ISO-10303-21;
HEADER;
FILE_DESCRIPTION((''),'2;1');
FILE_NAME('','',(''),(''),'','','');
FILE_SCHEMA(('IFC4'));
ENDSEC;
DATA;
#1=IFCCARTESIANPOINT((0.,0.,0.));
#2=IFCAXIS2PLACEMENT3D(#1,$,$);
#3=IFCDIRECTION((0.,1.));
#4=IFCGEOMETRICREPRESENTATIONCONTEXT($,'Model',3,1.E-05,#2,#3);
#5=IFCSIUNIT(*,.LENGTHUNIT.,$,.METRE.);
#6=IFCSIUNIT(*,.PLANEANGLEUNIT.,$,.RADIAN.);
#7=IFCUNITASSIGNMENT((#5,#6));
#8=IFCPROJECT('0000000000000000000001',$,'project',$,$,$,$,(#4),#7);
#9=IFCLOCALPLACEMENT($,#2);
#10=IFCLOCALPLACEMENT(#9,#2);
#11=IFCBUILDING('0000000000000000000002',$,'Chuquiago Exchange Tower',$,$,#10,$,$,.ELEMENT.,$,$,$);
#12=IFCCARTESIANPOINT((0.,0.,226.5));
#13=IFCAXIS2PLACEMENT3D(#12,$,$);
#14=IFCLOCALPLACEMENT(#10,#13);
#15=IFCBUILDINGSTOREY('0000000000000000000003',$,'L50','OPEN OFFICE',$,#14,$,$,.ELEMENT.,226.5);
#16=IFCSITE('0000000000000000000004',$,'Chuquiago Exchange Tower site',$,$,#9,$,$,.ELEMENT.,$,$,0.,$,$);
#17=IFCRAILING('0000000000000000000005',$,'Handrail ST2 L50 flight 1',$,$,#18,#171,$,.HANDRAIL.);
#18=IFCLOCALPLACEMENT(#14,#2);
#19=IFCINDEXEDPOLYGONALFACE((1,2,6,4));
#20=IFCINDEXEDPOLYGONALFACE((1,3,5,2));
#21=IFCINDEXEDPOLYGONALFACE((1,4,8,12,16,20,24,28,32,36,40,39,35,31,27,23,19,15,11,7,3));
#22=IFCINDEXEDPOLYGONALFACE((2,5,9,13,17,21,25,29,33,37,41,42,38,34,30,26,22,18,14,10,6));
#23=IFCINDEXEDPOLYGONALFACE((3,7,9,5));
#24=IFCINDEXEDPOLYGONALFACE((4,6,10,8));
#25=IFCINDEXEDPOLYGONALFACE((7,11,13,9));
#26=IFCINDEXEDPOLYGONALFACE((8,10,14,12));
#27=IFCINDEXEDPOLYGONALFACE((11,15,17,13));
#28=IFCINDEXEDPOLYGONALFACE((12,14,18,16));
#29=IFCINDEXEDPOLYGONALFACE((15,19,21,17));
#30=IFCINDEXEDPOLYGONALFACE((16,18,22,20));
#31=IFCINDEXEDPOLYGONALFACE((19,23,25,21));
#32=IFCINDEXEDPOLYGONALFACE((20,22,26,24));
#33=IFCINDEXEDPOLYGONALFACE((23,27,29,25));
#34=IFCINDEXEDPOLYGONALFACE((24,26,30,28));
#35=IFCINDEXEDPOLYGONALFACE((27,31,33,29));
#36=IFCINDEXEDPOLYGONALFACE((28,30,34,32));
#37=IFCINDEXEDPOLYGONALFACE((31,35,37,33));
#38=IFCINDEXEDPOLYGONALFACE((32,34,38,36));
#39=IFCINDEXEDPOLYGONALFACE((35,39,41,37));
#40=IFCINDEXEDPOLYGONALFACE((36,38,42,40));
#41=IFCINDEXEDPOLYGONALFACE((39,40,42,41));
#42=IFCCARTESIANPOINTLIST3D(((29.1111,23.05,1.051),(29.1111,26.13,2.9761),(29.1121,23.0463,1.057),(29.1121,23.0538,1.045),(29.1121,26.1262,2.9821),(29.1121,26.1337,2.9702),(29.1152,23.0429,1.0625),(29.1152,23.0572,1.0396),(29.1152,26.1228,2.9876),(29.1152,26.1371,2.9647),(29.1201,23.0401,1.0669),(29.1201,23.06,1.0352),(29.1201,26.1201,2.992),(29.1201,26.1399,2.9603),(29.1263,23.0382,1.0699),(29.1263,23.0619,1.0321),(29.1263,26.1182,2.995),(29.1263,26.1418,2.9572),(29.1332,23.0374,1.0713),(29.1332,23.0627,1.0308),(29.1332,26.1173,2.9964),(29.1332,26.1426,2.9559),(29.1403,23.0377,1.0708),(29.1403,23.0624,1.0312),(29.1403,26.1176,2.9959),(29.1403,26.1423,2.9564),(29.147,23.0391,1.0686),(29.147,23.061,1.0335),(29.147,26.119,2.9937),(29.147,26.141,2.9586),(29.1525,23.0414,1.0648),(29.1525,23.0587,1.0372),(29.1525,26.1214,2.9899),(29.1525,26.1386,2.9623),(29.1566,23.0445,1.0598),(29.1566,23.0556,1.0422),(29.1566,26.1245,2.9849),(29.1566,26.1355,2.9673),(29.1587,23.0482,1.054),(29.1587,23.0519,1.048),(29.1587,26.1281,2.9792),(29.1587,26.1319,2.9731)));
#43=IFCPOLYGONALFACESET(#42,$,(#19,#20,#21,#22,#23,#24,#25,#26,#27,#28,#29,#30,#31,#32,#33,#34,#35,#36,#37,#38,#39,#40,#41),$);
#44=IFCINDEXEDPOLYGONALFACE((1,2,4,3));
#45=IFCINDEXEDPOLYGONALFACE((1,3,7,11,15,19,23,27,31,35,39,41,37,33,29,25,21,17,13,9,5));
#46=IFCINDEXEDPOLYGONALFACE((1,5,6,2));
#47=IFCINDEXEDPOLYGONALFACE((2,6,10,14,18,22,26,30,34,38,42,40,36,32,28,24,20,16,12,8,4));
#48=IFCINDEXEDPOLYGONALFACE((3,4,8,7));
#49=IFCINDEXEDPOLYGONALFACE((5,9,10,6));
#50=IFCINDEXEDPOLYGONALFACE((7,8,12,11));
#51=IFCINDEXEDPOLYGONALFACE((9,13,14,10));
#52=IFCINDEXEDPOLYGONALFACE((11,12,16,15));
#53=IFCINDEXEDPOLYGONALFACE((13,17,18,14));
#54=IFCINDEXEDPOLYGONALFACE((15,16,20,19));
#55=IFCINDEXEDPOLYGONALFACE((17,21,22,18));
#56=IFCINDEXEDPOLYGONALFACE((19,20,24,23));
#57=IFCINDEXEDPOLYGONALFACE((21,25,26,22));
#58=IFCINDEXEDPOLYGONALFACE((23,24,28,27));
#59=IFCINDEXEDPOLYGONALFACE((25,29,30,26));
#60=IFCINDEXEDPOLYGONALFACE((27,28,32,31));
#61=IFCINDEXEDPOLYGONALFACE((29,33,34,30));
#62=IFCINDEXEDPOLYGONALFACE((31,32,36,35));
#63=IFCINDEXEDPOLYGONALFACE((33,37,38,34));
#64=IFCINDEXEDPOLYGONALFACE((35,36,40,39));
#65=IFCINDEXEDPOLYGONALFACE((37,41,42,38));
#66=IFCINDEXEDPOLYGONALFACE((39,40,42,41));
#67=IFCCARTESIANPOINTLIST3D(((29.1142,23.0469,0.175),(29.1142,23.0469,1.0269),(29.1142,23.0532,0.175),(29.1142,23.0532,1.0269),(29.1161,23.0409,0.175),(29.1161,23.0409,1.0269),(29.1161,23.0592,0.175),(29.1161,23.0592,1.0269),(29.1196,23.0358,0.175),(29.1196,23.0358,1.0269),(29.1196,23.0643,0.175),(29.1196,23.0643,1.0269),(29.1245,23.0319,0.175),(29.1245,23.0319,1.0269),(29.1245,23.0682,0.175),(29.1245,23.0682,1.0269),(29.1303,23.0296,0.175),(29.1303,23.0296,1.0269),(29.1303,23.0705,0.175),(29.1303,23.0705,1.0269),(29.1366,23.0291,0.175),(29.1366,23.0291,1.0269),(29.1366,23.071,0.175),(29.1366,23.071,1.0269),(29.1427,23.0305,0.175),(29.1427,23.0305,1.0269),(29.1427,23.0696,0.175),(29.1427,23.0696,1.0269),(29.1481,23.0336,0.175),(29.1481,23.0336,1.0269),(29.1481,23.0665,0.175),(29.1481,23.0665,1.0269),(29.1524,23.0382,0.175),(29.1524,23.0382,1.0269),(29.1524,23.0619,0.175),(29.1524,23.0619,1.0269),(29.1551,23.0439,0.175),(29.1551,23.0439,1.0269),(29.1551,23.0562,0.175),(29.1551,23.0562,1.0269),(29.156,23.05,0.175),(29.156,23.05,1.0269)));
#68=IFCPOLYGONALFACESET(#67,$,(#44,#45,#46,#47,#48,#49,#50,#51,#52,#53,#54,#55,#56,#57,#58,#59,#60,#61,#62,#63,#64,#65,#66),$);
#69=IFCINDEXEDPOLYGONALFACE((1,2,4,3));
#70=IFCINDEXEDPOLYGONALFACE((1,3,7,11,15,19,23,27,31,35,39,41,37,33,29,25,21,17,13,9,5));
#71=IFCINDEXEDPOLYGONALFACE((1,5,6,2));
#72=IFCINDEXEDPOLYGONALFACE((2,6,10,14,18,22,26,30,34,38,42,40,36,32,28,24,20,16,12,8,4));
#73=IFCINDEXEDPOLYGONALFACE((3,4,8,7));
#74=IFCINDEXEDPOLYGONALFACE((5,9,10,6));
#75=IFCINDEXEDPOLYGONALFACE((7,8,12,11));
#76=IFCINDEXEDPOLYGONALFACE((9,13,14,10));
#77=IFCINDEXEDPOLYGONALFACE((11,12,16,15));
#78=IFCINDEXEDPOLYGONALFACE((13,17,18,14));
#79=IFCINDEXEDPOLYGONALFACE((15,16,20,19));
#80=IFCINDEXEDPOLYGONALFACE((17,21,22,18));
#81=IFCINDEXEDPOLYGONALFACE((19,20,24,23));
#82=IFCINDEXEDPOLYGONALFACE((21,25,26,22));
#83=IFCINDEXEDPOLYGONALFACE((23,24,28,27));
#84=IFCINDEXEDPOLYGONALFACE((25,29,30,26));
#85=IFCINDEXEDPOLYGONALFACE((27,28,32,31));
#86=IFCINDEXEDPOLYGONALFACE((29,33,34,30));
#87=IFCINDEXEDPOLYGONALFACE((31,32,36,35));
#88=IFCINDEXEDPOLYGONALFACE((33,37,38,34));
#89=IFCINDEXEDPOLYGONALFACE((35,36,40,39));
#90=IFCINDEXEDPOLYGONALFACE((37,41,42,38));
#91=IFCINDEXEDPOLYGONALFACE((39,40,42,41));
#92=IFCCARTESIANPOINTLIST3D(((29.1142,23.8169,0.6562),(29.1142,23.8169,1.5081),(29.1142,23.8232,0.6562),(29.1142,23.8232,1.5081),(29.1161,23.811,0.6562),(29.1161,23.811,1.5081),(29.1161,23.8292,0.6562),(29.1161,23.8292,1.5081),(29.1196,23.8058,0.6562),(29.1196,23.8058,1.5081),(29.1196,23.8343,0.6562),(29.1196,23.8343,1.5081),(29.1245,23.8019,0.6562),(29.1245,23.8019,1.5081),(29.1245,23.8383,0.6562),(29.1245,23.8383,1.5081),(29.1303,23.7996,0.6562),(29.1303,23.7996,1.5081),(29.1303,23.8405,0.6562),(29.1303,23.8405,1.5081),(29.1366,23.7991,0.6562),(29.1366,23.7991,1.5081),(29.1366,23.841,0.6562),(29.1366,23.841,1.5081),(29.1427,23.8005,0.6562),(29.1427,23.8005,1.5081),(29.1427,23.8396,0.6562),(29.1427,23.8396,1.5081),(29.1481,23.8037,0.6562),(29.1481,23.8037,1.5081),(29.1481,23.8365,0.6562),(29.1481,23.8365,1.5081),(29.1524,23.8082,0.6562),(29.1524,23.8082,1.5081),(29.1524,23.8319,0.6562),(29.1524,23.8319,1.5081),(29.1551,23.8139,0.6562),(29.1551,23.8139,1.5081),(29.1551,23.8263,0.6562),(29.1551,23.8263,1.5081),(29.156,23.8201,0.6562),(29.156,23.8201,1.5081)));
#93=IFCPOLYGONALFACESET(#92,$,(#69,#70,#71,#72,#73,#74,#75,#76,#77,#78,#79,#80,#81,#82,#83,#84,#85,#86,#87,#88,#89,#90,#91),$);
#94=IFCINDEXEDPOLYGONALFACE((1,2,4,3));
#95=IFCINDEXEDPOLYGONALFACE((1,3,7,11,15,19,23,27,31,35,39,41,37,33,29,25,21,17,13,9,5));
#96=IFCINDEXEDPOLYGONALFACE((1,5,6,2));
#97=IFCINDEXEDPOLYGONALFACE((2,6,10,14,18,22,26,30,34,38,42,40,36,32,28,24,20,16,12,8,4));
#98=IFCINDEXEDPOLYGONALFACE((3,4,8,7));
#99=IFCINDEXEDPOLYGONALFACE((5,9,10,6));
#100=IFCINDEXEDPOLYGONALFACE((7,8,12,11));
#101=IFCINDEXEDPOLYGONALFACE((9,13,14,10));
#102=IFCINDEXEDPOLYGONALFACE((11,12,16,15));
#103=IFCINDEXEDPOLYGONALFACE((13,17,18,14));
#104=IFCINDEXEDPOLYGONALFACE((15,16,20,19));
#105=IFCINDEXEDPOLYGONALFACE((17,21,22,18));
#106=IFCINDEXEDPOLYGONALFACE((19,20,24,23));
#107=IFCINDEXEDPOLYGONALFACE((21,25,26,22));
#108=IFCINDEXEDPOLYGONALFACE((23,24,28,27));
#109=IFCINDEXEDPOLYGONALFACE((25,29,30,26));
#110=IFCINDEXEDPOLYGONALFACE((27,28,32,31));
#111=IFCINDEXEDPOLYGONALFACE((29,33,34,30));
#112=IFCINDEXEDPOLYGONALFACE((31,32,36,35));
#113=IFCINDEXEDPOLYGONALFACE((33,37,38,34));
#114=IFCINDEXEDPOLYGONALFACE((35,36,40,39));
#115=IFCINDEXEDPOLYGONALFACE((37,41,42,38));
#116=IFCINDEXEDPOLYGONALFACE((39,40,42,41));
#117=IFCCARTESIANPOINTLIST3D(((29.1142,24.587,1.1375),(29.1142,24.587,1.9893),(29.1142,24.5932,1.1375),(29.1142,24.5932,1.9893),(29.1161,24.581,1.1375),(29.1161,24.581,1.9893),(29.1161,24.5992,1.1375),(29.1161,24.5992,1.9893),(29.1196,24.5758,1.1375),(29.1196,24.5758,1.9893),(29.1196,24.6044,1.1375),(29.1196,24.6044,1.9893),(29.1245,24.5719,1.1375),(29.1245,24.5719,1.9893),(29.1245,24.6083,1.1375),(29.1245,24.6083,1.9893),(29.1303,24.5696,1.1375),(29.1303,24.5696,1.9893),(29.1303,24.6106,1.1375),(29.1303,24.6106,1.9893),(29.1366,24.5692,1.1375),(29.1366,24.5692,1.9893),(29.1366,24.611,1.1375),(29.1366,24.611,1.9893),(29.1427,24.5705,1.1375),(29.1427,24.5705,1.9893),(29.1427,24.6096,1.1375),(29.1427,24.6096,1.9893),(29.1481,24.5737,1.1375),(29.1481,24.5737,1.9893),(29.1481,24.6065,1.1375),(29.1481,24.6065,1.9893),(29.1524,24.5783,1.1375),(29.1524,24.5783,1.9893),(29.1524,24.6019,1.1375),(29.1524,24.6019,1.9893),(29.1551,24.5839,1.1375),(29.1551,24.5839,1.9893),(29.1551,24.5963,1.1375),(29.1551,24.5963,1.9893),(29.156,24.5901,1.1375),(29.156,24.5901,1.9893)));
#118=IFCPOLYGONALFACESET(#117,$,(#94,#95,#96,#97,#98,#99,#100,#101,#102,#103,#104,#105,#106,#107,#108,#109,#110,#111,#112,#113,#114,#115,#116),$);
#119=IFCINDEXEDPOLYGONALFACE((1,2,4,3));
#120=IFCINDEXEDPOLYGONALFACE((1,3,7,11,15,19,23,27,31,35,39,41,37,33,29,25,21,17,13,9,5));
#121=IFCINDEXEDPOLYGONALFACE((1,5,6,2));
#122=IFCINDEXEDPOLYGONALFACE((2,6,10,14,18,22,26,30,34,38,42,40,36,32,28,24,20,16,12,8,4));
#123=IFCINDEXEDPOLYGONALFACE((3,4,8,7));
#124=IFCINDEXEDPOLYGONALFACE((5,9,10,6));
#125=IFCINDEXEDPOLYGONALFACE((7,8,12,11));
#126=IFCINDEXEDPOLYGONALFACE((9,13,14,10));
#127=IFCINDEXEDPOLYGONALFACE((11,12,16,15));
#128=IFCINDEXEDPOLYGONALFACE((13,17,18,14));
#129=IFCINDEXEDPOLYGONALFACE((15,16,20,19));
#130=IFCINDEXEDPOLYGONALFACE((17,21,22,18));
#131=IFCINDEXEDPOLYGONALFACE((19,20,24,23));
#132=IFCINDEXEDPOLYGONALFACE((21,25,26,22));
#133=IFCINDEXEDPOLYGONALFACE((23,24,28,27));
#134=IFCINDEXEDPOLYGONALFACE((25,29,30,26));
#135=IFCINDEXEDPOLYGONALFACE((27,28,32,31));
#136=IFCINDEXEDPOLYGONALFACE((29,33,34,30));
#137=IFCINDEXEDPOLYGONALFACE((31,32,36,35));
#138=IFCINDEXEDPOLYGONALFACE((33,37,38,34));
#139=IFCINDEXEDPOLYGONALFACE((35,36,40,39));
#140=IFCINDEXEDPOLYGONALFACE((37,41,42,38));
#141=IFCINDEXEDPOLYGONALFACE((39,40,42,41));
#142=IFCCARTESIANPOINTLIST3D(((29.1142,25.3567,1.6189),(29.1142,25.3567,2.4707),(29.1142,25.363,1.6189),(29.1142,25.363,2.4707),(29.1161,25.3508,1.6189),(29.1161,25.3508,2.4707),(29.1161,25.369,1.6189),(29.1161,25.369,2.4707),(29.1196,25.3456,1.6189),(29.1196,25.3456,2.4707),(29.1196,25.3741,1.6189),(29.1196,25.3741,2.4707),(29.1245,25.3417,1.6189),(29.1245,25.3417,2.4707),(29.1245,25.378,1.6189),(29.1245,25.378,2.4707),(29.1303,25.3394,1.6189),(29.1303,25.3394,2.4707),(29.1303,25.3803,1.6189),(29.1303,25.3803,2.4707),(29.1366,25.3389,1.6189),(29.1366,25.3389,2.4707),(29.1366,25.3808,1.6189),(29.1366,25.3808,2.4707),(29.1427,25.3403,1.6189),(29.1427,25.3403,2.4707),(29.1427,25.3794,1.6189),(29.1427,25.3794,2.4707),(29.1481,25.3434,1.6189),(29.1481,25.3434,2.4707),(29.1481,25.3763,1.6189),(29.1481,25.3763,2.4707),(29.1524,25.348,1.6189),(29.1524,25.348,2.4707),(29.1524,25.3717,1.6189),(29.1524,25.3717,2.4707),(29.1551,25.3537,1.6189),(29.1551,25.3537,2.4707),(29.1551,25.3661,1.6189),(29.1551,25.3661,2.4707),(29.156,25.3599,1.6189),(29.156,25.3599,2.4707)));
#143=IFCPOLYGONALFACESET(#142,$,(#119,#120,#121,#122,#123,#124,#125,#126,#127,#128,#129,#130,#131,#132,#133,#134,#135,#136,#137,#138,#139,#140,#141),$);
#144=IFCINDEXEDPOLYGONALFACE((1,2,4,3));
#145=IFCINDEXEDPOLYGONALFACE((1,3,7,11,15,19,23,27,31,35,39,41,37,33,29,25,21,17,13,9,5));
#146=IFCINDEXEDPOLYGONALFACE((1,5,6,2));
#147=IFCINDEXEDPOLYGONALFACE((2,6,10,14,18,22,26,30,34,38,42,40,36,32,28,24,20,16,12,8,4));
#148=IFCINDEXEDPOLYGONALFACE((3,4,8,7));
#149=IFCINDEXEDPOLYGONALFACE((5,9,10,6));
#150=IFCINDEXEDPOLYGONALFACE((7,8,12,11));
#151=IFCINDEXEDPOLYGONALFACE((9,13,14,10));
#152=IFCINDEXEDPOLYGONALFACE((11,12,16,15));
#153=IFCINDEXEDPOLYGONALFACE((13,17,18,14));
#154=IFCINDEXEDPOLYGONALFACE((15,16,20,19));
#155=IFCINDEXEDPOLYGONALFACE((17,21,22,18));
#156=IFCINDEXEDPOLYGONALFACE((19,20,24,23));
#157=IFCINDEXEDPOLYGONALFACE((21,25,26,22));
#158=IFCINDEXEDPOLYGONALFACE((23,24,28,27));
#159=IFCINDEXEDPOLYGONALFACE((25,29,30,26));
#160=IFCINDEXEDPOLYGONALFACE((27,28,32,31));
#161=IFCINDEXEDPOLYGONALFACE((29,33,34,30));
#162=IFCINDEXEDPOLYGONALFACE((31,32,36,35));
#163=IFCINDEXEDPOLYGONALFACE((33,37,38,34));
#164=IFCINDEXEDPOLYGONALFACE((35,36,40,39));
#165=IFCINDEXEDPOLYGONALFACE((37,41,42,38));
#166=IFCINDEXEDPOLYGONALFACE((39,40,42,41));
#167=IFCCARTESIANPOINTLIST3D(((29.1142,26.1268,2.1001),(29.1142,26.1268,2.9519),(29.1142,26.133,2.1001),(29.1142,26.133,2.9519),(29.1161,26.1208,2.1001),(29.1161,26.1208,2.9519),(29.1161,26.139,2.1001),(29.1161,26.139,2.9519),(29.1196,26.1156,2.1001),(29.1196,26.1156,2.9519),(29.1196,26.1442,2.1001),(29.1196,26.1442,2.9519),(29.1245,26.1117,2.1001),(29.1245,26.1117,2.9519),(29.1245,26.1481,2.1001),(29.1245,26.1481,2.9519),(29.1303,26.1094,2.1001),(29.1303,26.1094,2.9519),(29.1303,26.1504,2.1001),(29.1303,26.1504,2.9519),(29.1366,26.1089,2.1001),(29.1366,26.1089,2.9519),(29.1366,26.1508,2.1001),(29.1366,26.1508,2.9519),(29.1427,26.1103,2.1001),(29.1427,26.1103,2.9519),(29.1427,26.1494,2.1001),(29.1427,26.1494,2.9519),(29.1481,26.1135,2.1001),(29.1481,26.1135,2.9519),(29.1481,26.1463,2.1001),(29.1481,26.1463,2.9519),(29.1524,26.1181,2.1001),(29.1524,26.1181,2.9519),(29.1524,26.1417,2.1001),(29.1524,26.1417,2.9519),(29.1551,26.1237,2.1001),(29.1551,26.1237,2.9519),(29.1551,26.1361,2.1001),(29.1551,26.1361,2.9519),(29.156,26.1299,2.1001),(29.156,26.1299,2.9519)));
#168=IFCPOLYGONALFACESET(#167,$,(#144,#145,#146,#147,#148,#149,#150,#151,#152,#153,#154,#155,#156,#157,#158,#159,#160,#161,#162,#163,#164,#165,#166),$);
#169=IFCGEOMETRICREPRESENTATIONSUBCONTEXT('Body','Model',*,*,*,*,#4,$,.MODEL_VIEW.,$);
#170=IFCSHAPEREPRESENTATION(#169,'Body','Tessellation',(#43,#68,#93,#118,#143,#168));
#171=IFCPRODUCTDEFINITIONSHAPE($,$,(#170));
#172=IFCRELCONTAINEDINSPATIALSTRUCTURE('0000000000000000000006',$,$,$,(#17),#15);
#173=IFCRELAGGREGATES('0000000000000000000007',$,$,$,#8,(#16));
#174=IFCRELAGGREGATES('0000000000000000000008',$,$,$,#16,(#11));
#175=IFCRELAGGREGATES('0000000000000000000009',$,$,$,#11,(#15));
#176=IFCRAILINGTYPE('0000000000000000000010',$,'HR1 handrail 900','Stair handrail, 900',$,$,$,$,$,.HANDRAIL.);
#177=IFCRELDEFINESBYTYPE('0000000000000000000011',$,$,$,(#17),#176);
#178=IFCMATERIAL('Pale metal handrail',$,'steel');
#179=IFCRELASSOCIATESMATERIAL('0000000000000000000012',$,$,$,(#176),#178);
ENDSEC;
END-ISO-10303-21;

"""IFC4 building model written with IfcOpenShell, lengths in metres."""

from ifc_helpers import new_model, si_unit, direction, frame, origin, origin_2d, place, context, subcontext, project, spatial, circle, extrude, material, type_object, element, save


model = new_model("IFC4")

# Units and contexts
model_context = context("Model", 3, precision=1e-05, world=origin(), true_north=direction((0.0, 1.0)))
body_context = subcontext(model_context, "Body", "Model", "MODEL_VIEW")
ifc_project = project(units=[si_unit("LENGTHUNIT", "METRE"), si_unit("PLANEANGLEUNIT", "RADIAN")], contexts=[model_context])

# Site, building, storey
site_placement = place(None, origin())
site = spatial("IfcSite", under=ifc_project, at=site_placement, Name="Chuquiago Exchange Tower site", CompositionType="ELEMENT", RefElevation=0.0)
building_placement = place(site_placement, origin())
building = spatial("IfcBuilding", under=site, at=building_placement, Name="Chuquiago Exchange Tower", CompositionType="ELEMENT")
storey_placement = place(building_placement, frame((0.0, 0.0, 226.5)))
storey = spatial("IfcBuildingStorey", under=building, at=storey_placement, Name="L50", Description="OPEN OFFICE", CompositionType="ELEMENT", Elevation=226.5)

# Railing
ifc_material_1 = material(Name="Pale metal handrail", Category="steel")
railing_type_1 = type_object("IfcRailingType", Name="HR1 handrail 900", Description="Stair handrail, 900", PredefinedType="HANDRAIL", material=ifc_material_1)
for number, where, name in (
    (1, (29.135, 23.05, 0.175), "Handrail ST2 L50 flight 1"),
):
    element("IfcRailing", number, at=place(storey_placement, frame(where)), inside=storey, type_object=railing_type_1, Name=name, PredefinedType="HANDRAIL", context=body_context, shape_type="SweptSolid", body=[
        extrude(circle(Radius=0.0239, at=origin_2d()), frame((0.0, 0.0, 0.876), z_axis=(0.0, 0.847979, 0.530029), x_axis=(-1.0, 0.0, 0.0)), (0.0, 0.0, 1.0), 3.6321),
        extrude(circle(Radius=0.021, at=origin_2d()), origin(), (0.0, 0.0, 1.0), 0.8518),
        extrude(circle(Radius=0.021, at=origin_2d()), frame((0.0, 0.77, 0.4812)), (0.0, 0.0, 1.0), 0.8518),
        extrude(circle(Radius=0.021, at=origin_2d()), frame((0.0, 1.54, 0.9624)), (0.0, 0.0, 1.0), 0.8518),
        extrude(circle(Radius=0.021, at=origin_2d()), frame((0.0, 2.3098, 1.4438)), (0.0, 0.0, 1.0), 0.8518),
        extrude(circle(Radius=0.021, at=origin_2d()), frame((0.0, 3.0798, 1.925)), (0.0, 0.0, 1.0), 0.8518),
    ])

save(model, "model.ifc")
